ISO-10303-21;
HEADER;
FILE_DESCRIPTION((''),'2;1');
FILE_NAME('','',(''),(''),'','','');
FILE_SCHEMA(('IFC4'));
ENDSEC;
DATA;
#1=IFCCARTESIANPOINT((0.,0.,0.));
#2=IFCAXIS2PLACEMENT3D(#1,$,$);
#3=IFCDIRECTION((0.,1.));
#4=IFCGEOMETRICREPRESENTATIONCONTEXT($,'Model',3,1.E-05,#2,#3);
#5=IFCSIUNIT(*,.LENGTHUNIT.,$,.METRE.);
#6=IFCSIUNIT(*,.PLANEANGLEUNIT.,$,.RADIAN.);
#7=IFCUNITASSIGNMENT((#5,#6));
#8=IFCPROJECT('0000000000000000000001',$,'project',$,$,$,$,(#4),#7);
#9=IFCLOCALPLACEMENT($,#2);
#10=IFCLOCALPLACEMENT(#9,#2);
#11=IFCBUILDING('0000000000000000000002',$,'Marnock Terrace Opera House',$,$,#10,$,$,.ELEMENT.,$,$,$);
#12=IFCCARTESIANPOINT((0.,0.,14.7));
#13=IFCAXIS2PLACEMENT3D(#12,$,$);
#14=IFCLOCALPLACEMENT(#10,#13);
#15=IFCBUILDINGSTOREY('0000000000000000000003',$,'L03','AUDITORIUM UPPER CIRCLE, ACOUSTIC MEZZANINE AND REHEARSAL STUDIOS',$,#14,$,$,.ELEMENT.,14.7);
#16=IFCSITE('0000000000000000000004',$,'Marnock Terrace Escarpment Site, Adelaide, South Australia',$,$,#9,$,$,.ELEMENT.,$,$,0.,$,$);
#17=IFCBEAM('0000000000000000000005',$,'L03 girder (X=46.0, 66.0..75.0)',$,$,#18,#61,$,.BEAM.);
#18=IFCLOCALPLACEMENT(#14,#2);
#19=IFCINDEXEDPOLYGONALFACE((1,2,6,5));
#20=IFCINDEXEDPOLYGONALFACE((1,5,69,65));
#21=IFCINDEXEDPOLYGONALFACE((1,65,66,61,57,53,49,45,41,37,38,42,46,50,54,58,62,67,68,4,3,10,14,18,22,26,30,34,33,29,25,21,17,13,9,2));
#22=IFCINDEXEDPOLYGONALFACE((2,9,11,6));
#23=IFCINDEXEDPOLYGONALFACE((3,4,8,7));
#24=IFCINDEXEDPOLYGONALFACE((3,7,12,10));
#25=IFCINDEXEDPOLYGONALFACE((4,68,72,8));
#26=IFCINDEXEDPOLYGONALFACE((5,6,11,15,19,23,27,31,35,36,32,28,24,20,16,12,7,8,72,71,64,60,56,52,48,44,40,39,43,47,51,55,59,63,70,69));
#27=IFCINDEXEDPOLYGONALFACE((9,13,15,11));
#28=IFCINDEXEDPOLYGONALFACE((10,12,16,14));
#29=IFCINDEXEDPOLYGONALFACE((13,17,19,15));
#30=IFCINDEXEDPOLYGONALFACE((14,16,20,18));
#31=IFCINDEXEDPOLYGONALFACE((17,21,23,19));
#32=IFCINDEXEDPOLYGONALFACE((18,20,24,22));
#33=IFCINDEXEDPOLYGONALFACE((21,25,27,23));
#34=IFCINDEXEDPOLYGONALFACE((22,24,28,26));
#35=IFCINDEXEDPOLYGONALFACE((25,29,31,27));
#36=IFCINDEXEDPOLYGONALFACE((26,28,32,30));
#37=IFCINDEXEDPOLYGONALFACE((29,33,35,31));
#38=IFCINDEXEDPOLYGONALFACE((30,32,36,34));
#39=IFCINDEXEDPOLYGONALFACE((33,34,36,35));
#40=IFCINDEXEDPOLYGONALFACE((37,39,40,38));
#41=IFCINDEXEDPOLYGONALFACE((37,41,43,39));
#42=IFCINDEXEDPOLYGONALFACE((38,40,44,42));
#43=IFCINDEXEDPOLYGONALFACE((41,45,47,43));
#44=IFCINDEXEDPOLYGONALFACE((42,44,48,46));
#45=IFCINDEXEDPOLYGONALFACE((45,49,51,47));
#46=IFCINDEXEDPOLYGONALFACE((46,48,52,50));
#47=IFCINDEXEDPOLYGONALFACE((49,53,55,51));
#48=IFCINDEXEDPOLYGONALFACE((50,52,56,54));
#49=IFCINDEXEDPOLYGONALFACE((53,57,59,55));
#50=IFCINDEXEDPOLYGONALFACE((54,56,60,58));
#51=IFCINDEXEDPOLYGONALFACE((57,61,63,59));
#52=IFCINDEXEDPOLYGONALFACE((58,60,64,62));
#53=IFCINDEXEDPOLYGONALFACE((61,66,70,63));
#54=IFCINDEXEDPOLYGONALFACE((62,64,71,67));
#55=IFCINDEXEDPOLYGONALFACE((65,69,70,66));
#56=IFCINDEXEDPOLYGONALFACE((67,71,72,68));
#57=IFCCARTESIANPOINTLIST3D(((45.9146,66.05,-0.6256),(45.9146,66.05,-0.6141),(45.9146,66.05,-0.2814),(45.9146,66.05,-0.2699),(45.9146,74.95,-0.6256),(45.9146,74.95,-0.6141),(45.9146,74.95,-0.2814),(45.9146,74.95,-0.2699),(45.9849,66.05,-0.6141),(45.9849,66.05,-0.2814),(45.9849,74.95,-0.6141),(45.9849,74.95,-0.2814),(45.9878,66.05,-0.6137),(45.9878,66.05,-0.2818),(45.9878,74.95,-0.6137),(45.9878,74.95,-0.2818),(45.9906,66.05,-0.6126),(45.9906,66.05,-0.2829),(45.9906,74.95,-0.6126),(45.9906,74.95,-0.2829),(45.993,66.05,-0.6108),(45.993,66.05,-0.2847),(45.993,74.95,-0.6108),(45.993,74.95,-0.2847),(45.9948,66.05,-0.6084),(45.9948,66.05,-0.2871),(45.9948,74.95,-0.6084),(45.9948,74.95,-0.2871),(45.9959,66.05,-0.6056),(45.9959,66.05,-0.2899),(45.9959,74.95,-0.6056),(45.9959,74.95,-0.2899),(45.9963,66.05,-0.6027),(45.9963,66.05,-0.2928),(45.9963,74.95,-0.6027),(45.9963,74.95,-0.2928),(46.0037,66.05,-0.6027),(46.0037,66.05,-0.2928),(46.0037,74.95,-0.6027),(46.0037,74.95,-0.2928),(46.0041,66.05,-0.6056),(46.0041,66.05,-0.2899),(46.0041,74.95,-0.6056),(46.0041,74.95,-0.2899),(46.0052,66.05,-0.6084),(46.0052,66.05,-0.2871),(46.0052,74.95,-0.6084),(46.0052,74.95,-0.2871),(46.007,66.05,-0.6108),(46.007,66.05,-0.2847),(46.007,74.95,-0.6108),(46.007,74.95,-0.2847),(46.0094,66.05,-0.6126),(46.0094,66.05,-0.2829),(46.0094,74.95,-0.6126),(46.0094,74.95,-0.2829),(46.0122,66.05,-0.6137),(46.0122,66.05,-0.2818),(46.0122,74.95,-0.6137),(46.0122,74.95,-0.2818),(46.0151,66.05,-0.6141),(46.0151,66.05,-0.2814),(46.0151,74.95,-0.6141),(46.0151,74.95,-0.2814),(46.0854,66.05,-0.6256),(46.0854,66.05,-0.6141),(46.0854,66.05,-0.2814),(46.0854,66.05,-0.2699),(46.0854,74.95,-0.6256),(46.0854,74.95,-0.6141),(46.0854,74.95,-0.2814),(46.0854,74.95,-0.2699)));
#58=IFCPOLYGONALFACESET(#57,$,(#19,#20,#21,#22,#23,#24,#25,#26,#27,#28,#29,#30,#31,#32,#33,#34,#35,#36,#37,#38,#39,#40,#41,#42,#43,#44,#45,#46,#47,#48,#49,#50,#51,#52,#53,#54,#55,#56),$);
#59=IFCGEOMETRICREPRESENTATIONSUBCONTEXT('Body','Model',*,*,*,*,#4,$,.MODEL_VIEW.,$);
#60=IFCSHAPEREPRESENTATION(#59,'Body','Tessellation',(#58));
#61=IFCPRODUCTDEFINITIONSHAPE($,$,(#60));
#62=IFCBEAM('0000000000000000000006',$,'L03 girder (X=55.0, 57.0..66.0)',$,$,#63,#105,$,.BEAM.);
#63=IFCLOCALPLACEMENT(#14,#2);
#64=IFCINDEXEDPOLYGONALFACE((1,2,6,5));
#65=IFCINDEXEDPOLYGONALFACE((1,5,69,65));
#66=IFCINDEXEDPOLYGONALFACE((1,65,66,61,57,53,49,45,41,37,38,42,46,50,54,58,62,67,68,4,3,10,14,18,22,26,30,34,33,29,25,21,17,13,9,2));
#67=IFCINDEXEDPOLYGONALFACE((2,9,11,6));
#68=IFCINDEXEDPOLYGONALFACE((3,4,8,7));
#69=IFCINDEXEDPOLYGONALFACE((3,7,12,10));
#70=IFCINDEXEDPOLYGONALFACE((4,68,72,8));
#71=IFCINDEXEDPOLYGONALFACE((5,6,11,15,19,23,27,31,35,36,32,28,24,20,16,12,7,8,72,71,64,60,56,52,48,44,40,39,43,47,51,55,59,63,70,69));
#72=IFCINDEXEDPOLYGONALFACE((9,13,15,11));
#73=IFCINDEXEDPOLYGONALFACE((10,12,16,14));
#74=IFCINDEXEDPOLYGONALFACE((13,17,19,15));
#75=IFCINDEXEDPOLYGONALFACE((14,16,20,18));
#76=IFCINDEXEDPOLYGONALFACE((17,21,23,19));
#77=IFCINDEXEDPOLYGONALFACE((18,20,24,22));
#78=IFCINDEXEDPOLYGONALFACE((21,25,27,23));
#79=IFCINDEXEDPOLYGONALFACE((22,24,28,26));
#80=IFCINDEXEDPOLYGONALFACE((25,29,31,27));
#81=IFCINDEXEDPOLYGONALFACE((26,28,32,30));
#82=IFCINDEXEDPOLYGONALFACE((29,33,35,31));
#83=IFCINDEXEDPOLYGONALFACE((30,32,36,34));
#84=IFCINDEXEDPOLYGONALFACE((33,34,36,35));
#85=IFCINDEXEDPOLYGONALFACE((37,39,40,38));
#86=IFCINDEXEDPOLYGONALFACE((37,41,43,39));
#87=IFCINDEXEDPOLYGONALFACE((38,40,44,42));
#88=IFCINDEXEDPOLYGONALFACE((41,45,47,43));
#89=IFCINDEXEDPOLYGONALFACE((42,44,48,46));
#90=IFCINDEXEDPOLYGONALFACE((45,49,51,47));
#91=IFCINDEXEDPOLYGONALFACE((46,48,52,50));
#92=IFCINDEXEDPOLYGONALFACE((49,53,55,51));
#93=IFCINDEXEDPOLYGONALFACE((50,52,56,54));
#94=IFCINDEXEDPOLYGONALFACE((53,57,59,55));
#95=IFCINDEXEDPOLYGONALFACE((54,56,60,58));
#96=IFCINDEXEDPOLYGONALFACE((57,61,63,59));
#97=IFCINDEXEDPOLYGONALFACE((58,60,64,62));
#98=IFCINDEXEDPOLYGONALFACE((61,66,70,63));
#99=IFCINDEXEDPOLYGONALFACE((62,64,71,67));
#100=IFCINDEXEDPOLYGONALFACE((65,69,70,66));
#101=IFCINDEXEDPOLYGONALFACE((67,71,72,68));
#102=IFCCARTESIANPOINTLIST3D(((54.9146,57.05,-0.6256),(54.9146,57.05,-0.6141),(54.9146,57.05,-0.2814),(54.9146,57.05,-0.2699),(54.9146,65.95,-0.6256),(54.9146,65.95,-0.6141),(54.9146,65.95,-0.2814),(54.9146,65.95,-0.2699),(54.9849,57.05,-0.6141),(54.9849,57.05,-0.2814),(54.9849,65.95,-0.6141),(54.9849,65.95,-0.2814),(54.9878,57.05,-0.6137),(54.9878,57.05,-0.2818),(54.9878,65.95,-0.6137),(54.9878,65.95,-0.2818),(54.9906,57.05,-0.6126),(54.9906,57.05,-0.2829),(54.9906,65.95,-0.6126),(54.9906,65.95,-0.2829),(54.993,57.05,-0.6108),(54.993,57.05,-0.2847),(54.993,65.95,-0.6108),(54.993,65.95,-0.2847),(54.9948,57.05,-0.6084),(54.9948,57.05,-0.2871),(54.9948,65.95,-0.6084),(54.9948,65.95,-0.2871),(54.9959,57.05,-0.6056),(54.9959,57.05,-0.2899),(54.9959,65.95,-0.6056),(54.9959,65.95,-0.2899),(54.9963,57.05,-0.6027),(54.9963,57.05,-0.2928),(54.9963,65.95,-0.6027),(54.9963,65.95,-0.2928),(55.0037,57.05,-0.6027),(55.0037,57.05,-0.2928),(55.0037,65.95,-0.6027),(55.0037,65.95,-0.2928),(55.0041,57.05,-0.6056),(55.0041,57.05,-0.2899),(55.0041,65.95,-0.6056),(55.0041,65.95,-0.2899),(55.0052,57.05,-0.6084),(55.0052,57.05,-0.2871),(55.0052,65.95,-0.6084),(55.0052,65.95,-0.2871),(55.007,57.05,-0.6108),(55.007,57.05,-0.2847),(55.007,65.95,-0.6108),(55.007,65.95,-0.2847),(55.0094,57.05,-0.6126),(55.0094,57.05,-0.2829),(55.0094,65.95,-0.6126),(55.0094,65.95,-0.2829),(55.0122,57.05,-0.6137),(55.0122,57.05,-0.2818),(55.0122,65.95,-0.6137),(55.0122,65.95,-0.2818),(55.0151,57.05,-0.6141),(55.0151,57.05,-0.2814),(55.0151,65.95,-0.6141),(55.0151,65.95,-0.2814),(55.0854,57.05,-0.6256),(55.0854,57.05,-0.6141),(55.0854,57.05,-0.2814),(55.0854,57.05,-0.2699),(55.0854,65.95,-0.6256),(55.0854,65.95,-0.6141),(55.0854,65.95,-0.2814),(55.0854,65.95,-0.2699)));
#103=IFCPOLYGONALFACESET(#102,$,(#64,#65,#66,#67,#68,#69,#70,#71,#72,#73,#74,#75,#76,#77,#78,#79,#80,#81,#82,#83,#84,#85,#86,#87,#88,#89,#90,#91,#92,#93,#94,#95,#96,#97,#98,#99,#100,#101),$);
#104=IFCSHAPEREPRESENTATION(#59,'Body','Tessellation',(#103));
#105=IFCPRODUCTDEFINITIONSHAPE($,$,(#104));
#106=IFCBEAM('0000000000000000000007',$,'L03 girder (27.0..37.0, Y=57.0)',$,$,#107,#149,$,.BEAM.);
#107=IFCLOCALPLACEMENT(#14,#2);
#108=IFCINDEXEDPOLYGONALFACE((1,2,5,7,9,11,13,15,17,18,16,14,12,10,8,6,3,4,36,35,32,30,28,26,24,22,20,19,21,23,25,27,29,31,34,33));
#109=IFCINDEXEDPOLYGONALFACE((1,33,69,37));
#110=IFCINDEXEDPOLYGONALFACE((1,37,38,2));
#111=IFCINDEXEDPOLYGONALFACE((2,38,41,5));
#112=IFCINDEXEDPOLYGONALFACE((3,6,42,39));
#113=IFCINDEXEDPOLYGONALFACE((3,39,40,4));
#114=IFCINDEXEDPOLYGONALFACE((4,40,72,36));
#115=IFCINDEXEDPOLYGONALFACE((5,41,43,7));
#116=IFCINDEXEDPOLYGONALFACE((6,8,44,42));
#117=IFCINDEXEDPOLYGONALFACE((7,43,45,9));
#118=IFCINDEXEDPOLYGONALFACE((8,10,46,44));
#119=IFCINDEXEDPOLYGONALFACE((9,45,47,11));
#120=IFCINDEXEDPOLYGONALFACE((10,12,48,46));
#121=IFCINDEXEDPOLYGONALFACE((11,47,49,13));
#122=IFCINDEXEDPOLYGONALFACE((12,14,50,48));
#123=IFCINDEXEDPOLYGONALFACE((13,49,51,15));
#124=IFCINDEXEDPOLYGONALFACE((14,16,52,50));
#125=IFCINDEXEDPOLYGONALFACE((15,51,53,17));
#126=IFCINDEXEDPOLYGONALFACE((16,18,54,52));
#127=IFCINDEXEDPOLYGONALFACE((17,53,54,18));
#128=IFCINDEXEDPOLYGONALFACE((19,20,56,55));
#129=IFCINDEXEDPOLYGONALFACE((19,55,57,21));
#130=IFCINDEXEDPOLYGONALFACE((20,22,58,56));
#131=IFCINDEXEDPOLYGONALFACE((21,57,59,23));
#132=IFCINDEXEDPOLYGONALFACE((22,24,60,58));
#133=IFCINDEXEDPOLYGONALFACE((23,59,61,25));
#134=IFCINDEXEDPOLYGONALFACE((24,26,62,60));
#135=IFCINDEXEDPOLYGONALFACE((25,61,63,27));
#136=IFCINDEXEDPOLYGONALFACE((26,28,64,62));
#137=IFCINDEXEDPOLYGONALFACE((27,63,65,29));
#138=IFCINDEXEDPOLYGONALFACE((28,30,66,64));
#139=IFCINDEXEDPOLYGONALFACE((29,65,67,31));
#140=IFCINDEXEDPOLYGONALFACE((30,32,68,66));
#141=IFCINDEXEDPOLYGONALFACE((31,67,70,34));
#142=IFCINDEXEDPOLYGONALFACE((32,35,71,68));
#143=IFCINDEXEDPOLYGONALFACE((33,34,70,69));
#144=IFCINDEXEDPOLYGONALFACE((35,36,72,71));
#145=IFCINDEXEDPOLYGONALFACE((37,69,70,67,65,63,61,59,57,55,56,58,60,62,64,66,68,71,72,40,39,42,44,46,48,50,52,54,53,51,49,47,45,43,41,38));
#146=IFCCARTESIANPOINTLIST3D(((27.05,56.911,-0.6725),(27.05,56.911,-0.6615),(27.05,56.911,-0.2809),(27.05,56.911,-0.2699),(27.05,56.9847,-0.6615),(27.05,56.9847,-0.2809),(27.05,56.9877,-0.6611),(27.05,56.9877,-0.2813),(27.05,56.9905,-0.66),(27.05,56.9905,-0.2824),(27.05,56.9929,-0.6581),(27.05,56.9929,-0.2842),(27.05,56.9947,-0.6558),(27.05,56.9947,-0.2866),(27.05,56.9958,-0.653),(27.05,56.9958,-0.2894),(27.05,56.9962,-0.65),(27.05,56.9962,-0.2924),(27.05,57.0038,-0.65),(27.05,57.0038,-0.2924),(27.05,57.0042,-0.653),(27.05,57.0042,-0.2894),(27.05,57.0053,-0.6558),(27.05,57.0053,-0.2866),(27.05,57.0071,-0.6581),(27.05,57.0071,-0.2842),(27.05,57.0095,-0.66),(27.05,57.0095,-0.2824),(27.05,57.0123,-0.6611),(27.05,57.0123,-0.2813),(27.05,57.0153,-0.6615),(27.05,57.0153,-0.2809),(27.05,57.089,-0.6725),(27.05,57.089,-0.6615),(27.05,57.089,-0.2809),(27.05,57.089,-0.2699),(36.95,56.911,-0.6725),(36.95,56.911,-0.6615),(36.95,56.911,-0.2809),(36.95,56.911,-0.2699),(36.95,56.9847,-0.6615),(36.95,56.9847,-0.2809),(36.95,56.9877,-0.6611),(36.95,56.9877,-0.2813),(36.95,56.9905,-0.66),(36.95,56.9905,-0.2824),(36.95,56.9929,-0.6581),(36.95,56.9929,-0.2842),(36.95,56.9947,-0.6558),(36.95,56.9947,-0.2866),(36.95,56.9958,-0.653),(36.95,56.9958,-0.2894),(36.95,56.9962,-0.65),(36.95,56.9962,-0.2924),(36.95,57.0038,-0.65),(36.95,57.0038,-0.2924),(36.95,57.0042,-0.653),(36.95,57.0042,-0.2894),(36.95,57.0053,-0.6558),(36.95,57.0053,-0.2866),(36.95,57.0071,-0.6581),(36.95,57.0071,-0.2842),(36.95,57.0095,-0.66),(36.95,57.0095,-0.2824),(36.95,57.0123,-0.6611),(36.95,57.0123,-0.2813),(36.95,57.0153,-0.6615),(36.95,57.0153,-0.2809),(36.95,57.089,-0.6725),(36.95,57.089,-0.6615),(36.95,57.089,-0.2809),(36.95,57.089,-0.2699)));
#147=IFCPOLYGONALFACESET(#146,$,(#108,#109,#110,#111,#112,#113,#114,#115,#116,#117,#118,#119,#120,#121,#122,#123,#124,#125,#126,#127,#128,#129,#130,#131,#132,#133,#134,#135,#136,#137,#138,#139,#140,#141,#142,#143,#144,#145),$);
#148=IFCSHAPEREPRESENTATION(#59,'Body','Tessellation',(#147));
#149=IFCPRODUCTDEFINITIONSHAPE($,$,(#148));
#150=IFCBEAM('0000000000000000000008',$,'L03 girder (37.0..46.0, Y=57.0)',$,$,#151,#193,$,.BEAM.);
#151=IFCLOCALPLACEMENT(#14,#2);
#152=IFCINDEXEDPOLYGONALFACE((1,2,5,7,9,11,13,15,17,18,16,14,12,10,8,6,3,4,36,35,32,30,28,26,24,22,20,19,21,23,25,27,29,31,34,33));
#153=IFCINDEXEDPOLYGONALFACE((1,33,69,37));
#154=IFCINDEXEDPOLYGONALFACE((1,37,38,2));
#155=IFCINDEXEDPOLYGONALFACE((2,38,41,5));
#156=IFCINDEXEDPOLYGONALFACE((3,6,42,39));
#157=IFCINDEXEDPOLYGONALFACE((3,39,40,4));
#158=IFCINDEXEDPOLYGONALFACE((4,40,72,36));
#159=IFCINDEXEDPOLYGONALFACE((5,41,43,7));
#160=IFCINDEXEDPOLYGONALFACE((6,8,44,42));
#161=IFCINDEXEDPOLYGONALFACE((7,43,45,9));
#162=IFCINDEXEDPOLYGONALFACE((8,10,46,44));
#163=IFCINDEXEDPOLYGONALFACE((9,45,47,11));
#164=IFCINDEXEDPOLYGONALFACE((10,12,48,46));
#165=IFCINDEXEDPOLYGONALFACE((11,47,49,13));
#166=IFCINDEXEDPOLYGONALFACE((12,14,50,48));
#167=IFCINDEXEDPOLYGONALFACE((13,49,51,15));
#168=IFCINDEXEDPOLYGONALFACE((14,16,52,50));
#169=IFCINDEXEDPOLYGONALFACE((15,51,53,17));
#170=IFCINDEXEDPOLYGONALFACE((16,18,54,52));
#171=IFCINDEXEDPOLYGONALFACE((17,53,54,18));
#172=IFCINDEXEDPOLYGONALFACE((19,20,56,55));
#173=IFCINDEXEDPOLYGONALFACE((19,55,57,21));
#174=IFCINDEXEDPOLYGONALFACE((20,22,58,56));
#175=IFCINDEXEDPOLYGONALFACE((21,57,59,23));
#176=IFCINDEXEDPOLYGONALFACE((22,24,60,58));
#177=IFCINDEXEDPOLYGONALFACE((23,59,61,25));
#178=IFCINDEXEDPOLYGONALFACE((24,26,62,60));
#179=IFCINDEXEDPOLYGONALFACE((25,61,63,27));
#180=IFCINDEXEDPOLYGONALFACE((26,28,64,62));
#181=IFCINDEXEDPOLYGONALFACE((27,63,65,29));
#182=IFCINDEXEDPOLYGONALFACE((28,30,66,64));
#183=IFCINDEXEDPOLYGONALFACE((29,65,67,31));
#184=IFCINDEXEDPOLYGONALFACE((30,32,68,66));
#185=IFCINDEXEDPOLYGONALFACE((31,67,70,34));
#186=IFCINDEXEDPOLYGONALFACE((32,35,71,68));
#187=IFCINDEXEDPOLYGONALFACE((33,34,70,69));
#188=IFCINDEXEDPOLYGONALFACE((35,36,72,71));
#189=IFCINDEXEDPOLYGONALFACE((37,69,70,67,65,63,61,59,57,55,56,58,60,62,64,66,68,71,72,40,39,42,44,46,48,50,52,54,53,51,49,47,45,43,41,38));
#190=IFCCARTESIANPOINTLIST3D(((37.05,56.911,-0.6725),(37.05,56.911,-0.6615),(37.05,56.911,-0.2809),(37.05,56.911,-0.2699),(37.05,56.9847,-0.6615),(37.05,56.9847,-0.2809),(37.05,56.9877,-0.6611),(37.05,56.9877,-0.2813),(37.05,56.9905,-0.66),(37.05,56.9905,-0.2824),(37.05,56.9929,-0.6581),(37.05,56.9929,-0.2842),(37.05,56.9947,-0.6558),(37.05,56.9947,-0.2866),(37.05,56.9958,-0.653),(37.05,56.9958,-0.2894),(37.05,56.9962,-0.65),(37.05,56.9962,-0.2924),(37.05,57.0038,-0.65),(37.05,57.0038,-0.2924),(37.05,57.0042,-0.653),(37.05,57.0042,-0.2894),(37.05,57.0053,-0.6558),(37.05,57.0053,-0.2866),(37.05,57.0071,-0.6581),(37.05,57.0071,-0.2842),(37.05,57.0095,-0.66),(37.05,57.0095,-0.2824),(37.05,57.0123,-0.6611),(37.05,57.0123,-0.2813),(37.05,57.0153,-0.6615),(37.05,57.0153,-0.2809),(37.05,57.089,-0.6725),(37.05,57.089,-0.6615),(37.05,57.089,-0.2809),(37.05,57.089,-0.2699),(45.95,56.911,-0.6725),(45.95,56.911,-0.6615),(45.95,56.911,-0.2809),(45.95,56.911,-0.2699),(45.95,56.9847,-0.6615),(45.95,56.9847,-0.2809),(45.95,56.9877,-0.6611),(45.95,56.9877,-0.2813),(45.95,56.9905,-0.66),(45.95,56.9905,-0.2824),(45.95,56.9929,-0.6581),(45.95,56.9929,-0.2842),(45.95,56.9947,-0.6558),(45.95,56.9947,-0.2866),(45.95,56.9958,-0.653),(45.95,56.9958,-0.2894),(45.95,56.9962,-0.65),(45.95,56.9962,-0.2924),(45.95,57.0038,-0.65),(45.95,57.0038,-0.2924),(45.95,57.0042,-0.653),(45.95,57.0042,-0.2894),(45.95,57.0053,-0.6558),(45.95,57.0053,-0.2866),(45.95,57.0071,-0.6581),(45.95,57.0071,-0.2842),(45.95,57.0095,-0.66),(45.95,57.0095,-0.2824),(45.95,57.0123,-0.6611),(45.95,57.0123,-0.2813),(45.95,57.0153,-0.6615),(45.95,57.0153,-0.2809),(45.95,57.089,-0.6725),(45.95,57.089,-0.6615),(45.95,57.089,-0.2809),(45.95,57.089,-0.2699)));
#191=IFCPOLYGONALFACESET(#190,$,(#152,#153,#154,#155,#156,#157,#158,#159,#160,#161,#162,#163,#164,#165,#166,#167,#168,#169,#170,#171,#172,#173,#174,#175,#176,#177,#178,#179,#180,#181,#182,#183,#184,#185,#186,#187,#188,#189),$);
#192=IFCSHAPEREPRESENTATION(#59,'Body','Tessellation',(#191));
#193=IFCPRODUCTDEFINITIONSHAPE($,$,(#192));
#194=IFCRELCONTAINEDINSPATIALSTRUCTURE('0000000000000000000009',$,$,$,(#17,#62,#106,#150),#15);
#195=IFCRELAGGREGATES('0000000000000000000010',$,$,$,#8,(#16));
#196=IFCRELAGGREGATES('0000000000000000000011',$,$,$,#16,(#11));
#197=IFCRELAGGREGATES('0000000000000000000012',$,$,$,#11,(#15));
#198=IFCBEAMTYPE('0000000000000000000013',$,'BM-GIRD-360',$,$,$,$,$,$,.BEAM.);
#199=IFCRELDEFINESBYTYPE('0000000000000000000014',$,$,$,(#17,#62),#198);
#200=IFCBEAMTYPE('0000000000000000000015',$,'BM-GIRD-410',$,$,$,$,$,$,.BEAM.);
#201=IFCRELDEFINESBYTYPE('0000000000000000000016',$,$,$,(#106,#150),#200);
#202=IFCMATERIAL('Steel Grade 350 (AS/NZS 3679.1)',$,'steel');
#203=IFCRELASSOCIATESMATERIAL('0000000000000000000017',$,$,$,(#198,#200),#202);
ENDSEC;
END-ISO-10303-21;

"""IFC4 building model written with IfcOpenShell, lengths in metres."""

from ifc_helpers import new_model, si_unit, direction, frame, origin, origin_2d, place, context, subcontext, project, spatial, i_section, extrude, material, material_profile, profile_set, type_object, element, save


model = new_model("IFC4")

# Units and contexts
model_context = context("Model", 3, precision=1e-05, world=origin(), true_north=direction((0.0, 1.0)))
body_context = subcontext(model_context, "Body", "Model", "MODEL_VIEW")
ifc_project = project(units=[si_unit("LENGTHUNIT", "METRE"), si_unit("PLANEANGLEUNIT", "RADIAN")], contexts=[model_context])

# Site, building, storey
site_placement = place(None, origin())
site = spatial("IfcSite", under=ifc_project, at=site_placement, Name="Marnock Terrace Escarpment Site, Adelaide, South Australia", CompositionType="ELEMENT", RefElevation=0.0)
building_placement = place(site_placement, origin())
building = spatial("IfcBuilding", under=site, at=building_placement, Name="Marnock Terrace Opera House", CompositionType="ELEMENT")
storey_placement = place(building_placement, frame((0.0, 0.0, 14.7)))
storey = spatial("IfcBuildingStorey", under=building, at=storey_placement, Name="L03", Description="AUDITORIUM UPPER CIRCLE, ACOUSTIC MEZZANINE AND REHEARSAL STUDIOS", CompositionType="ELEMENT", Elevation=14.7)

# Shared definitions
ifc_material_1 = material(Name="Steel Grade 350 (AS/NZS 3679.1)", Category="steel")

# Beams
ifc_material_profile_1 = material_profile(ifc_material_1, i_section(OverallWidth=0.1709, OverallDepth=0.3557, WebThickness=0.0073, FlangeThickness=0.0115, FilletRadius=0.0115, at=origin_2d()))
ifc_profile_set_1 = profile_set([ifc_material_profile_1], Name="Steel Grade 350 (AS/NZS 3679.1)")
beam_type_1 = type_object("IfcBeamType", Name="BM-GIRD-360", PredefinedType="BEAM", material=ifc_profile_set_1)
for number, where, z_axis, x_axis, name in (
    (1, (46.0, 66.05, -0.4478), (0.0, 1.0, 0.0), (-1.0, 0.0, 0.0), "L03 girder (X=46.0, 66.0..75.0)"),
    (2, (55.0, 57.05, -0.4478), (0.0, 1.0, 0.0), (-1.0, 0.0, 0.0), "L03 girder (X=55.0, 57.0..66.0)"),
):
    element("IfcBeam", number, at=place(storey_placement, frame(where, z_axis=z_axis, x_axis=x_axis)), inside=storey, type_object=beam_type_1, Name=name, PredefinedType="BEAM", context=body_context, shape_type="SweptSolid", body=[
        extrude(i_section(OverallWidth=0.1709, OverallDepth=0.3557, WebThickness=0.0073, FlangeThickness=0.0115, FilletRadius=0.0115, at=origin_2d()), origin(), (0.0, 0.0, 1.0), 8.8999),
    ])
ifc_material_profile_2 = material_profile(ifc_material_1, i_section(OverallWidth=0.178, OverallDepth=0.4026, WebThickness=0.0076, FlangeThickness=0.011, FilletRadius=0.0115, at=origin_2d()))
ifc_profile_set_2 = profile_set([ifc_material_profile_2], Name="Steel Grade 350 (AS/NZS 3679.1)")
beam_type_2 = type_object("IfcBeamType", Name="BM-GIRD-410", PredefinedType="BEAM", material=ifc_profile_set_2)
beam_1_placement = place(storey_placement, frame((27.05, 57.0, -0.4712), z_axis=(1.0, 0.0, 0.0), x_axis=(0.0, 1.0, 0.0)))
element("IfcBeam", 3, at=beam_1_placement, inside=storey, type_object=beam_type_2, Name="L03 girder (27.0..37.0, Y=57.0)", PredefinedType="BEAM", context=body_context, shape_type="SweptSolid", body=[
    extrude(i_section(OverallWidth=0.178, OverallDepth=0.4026, WebThickness=0.0076, FlangeThickness=0.011, FilletRadius=0.0115, at=origin_2d()), origin(), (0.0, 0.0, 1.0), 9.8999),
])
for number, where, z_axis, x_axis, name in (
    (4, (37.05, 57.0, -0.4712), (1.0, 0.0, 0.0), (0.0, 1.0, 0.0), "L03 girder (37.0..46.0, Y=57.0)"),
):
    element("IfcBeam", number, at=place(storey_placement, frame(where, z_axis=z_axis, x_axis=x_axis)), inside=storey, type_object=beam_type_2, Name=name, PredefinedType="BEAM", context=body_context, shape_type="SweptSolid", body=[
        extrude(i_section(OverallWidth=0.178, OverallDepth=0.4026, WebThickness=0.0076, FlangeThickness=0.011, FilletRadius=0.0115, at=origin_2d()), origin(), (0.0, 0.0, 1.0), 8.8999),
    ])

save(model, "model.ifc")
